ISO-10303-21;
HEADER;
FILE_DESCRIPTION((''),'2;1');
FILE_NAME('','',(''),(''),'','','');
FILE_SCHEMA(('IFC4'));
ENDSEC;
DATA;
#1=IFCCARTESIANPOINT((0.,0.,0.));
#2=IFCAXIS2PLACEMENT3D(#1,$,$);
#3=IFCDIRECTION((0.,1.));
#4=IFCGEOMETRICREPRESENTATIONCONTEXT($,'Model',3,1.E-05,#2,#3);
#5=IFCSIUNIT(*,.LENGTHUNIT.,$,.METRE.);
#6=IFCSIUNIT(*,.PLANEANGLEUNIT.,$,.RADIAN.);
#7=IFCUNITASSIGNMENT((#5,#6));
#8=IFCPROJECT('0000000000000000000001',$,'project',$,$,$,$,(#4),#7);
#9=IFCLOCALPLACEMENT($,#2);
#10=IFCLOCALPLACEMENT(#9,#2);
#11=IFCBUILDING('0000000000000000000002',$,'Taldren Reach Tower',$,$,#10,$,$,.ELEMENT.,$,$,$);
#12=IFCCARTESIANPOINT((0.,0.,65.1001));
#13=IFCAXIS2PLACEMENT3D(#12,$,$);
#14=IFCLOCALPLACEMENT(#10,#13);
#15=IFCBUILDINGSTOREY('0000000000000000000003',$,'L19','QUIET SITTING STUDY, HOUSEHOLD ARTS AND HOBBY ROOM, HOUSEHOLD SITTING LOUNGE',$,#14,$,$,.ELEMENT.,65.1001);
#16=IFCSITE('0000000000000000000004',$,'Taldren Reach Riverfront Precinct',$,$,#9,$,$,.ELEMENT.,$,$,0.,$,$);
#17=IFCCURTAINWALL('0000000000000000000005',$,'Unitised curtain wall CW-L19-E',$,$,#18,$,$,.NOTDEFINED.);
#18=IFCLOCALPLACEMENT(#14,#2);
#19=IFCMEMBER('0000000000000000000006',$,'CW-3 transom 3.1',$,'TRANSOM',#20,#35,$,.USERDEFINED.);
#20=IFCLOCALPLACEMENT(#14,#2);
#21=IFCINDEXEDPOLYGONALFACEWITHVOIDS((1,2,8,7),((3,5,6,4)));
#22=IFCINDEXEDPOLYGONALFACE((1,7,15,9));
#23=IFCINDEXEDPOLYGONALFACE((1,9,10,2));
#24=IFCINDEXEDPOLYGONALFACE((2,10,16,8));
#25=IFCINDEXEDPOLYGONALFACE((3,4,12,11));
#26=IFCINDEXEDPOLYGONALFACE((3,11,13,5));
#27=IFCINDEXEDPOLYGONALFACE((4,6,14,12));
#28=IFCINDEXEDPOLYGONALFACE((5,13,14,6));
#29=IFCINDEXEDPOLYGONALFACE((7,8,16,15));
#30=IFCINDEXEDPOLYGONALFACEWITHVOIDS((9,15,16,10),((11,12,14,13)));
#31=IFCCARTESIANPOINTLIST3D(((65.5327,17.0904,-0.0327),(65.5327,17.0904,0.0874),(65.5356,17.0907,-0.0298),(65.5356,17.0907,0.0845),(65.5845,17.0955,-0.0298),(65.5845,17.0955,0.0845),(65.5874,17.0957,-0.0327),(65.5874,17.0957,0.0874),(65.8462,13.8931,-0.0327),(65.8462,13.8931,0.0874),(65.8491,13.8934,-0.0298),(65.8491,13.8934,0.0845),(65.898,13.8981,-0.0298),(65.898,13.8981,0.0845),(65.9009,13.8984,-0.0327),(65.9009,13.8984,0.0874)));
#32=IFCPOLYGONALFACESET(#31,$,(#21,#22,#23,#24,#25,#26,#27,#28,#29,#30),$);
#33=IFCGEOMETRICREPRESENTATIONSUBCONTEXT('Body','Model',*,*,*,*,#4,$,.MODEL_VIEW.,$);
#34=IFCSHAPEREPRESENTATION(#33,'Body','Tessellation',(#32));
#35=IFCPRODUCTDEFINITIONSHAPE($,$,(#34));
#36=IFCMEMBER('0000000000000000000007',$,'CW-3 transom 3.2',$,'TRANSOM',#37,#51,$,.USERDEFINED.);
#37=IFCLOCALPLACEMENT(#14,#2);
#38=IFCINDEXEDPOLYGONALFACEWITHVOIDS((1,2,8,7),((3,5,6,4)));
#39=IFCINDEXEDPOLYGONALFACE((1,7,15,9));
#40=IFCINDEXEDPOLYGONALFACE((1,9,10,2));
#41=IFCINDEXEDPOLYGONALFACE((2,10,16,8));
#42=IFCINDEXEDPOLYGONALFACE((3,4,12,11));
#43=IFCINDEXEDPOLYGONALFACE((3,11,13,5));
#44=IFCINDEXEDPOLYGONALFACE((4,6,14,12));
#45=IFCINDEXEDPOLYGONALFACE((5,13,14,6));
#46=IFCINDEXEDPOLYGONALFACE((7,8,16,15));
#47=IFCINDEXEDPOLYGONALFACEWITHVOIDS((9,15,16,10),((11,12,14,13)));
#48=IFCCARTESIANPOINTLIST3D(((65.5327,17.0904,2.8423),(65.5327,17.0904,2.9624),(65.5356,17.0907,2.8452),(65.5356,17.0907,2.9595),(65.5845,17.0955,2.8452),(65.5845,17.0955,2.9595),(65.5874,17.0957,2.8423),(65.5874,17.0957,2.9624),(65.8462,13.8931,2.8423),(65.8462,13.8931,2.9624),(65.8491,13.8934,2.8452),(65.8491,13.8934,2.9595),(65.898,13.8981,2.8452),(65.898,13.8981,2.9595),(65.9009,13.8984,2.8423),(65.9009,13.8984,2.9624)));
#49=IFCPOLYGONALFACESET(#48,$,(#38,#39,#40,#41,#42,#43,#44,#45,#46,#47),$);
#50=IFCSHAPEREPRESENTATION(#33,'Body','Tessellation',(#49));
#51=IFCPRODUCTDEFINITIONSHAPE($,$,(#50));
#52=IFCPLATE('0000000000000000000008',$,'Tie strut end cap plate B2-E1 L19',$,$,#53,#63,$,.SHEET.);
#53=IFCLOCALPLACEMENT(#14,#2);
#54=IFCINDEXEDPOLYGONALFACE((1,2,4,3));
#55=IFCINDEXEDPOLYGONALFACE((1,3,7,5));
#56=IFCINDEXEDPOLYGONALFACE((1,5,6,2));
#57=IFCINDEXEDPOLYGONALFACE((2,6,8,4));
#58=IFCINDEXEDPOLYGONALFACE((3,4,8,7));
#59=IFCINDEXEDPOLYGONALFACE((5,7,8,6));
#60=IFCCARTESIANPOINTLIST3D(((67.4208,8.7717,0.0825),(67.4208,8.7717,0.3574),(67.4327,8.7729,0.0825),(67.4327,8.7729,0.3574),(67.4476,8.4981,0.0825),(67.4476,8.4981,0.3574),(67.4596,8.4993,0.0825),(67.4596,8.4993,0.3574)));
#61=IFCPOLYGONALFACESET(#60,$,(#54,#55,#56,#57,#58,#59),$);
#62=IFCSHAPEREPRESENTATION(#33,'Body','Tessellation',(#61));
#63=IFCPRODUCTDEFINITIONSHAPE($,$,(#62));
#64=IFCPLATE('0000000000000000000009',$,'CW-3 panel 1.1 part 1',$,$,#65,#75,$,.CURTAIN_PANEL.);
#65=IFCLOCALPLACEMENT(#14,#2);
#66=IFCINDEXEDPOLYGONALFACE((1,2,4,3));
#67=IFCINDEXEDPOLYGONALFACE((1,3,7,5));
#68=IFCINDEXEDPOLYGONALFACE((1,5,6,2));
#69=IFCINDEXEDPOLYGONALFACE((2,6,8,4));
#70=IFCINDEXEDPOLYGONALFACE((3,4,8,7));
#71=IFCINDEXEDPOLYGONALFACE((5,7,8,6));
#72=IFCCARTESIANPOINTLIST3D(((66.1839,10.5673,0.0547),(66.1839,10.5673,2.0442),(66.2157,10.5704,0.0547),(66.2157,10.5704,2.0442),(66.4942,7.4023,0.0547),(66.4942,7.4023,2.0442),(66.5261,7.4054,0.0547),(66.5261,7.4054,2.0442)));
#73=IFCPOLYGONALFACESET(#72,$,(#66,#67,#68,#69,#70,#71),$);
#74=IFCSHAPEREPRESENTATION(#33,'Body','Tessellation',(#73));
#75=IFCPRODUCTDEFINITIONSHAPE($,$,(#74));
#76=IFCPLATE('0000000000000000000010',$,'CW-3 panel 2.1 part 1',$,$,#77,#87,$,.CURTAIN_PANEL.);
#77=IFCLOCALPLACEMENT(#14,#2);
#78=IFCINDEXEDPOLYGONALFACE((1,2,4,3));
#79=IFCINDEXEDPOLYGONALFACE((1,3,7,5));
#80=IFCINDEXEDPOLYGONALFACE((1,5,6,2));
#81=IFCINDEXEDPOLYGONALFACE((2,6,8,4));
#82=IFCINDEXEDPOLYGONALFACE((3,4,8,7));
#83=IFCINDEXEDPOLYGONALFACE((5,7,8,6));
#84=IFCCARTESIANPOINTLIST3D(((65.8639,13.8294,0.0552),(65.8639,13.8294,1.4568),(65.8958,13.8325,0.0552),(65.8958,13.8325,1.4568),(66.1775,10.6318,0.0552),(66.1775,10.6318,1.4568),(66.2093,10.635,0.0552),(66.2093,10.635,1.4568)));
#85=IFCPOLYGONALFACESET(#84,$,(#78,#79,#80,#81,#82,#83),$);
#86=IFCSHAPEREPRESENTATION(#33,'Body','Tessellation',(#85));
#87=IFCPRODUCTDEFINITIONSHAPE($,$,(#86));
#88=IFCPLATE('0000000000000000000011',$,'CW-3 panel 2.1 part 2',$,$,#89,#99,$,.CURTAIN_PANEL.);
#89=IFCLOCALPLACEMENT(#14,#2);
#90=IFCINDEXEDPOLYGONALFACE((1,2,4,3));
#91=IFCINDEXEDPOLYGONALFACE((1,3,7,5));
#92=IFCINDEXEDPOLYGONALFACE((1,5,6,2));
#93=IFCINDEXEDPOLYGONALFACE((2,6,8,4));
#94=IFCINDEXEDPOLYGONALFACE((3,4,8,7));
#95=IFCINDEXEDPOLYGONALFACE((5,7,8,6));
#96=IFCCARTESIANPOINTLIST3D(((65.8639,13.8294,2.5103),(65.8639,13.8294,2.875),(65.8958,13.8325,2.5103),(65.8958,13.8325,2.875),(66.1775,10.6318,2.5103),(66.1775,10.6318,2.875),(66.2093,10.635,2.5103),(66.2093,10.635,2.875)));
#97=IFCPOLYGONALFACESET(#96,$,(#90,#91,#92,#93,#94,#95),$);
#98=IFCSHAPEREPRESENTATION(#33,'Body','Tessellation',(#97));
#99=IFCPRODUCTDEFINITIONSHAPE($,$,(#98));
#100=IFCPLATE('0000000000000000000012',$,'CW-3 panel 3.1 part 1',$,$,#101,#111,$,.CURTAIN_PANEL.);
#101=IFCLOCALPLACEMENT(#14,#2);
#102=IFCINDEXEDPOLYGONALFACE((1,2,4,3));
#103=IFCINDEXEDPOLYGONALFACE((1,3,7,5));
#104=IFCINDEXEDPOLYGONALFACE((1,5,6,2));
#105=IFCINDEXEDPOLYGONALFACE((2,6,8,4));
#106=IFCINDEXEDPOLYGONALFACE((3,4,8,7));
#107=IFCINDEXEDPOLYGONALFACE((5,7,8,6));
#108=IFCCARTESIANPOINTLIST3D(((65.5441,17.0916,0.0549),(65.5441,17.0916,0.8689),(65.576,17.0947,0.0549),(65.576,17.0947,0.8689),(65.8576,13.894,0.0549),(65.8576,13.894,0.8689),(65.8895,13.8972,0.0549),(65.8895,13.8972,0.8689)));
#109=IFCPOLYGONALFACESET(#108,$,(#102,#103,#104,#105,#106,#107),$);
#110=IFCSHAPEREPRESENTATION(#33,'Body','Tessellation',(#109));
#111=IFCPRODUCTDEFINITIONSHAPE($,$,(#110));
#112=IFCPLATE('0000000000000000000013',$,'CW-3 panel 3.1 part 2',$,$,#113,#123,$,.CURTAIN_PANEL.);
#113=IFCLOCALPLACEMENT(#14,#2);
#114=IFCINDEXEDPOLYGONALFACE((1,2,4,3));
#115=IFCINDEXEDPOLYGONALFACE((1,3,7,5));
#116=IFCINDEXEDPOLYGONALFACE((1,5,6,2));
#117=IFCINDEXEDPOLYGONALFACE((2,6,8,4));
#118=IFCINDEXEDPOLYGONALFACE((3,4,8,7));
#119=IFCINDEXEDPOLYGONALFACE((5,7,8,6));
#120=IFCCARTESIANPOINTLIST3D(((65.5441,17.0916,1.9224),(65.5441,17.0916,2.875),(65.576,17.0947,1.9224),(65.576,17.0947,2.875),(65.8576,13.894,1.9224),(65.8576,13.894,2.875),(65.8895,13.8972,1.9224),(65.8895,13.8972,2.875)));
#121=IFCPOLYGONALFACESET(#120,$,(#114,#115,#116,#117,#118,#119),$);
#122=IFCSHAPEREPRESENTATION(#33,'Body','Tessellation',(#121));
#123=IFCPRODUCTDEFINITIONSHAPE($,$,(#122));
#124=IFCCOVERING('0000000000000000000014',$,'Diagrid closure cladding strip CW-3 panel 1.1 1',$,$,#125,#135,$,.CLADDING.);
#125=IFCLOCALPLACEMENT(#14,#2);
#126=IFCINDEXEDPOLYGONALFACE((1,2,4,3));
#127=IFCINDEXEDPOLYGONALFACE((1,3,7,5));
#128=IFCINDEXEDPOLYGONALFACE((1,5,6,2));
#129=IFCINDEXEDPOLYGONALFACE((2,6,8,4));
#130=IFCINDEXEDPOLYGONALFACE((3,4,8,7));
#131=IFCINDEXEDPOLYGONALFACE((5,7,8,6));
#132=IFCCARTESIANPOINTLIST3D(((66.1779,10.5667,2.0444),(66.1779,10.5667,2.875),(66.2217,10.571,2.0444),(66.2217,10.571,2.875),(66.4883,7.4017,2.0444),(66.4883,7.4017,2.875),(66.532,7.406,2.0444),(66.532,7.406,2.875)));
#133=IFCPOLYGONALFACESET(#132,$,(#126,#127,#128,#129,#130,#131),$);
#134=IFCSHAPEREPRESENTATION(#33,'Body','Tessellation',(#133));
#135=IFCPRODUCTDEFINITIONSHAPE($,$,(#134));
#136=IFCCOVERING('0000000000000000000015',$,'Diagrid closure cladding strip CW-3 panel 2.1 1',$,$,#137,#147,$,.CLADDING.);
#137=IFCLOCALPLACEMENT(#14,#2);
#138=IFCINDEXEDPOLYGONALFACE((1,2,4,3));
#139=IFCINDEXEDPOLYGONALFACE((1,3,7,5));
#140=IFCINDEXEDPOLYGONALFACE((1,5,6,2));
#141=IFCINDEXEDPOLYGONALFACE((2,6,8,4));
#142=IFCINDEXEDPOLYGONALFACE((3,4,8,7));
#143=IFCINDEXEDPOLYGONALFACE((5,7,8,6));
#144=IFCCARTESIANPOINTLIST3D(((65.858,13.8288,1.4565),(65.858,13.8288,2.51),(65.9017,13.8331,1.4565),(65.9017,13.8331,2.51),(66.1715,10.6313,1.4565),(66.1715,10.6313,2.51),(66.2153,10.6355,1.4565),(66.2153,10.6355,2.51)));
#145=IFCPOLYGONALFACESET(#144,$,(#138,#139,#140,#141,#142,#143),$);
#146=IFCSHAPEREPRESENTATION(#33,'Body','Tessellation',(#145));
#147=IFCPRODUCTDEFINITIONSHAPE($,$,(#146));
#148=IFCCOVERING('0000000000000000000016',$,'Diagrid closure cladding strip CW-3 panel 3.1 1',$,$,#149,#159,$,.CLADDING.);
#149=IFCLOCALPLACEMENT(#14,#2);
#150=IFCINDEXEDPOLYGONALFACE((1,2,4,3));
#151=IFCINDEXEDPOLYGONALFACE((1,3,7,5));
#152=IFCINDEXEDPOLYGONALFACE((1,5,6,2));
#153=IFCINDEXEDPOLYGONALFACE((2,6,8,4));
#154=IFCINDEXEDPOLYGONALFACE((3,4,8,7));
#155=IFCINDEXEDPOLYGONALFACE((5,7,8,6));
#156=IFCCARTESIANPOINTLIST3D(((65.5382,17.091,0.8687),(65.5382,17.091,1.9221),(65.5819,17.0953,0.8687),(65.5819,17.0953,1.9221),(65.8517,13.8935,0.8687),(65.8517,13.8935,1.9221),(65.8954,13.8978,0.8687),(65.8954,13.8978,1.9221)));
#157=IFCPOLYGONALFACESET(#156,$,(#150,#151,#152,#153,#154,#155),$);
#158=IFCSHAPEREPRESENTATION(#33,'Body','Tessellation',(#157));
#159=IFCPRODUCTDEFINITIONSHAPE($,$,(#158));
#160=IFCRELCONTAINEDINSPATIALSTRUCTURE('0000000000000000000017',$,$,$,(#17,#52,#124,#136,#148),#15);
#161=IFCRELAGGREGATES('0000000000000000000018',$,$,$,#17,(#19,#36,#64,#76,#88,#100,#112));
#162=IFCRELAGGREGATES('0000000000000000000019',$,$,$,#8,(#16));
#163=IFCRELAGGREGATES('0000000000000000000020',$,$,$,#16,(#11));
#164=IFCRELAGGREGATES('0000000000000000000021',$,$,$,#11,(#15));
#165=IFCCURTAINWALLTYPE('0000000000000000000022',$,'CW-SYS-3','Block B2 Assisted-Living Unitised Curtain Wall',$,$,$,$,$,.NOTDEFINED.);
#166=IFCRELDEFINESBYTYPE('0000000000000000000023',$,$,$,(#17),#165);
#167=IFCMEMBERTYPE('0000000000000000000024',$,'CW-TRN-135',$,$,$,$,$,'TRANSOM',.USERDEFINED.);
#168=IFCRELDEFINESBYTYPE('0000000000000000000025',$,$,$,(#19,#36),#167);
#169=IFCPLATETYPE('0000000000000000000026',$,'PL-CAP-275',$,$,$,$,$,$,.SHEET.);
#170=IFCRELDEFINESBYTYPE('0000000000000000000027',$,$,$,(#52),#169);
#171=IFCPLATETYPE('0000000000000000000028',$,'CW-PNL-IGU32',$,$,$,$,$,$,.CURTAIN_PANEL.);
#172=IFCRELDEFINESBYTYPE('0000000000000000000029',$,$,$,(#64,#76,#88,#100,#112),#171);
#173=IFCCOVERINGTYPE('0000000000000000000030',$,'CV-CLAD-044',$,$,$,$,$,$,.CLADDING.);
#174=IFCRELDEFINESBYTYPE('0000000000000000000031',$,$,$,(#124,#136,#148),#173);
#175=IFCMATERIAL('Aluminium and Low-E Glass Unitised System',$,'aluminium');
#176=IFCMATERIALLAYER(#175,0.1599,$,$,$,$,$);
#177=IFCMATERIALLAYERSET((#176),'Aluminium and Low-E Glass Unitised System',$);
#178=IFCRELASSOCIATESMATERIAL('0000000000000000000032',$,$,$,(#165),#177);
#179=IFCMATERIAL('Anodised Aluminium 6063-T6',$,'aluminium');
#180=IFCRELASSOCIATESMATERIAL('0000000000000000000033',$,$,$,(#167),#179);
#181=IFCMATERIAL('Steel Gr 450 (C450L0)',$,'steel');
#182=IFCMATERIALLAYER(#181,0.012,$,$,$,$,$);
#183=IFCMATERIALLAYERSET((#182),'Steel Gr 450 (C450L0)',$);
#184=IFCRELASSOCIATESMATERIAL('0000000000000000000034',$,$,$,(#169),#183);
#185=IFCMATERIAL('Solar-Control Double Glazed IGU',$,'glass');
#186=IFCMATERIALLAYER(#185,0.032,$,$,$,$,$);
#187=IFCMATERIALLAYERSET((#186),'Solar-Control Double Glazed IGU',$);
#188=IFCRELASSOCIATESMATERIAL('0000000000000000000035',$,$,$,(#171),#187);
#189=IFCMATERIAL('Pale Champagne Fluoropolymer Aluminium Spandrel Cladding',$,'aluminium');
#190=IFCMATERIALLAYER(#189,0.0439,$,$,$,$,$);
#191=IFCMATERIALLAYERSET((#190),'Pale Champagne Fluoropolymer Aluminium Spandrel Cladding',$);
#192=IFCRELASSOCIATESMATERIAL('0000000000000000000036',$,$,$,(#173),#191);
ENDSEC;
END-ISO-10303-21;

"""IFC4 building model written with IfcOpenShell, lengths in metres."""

from ifc_helpers import new_model, si_unit, direction, frame, origin, origin_2d, place, context, subcontext, project, spatial, rectangle, hollow_rectangle, extrude, source, transform, mapped, material, layer, layer_set, material_profile, profile_set, type_object, element, aggregate, save


model = new_model("IFC4")

# Units and contexts
model_context = context("Model", 3, precision=1e-05, world=origin(), true_north=direction((0.0, 1.0)))
body_context = subcontext(model_context, "Body", "Model", "MODEL_VIEW")
ifc_project = project(units=[si_unit("LENGTHUNIT", "METRE"), si_unit("PLANEANGLEUNIT", "RADIAN")], contexts=[model_context])

# Site, building, storey
site_placement = place(None, origin())
site = spatial("IfcSite", under=ifc_project, at=site_placement, Name="Taldren Reach Riverfront Precinct", CompositionType="ELEMENT", RefElevation=0.0)
building_placement = place(site_placement, origin())
building = spatial("IfcBuilding", under=site, at=building_placement, Name="Taldren Reach Tower", CompositionType="ELEMENT")
storey_placement = place(building_placement, frame((0.0, 0.0, 65.1001)))
storey = spatial("IfcBuildingStorey", under=building, at=storey_placement, Name="L19", Description="QUIET SITTING STUDY, HOUSEHOLD ARTS AND HOBBY ROOM, HOUSEHOLD SITTING LOUNGE", CompositionType="ELEMENT", Elevation=65.1001)

# Shared definitions
ifc_material_1 = material(Name="Steel Gr 450 (C450L0)", Category="steel")

# Curtain wall, members
ifc_material_2 = material(Name="Aluminium and Low-E Glass Unitised System", Category="aluminium")
ifc_layer_1 = layer(ifc_material_2, 0.1599)
ifc_layer_set_1 = layer_set([ifc_layer_1], Name="Aluminium and Low-E Glass Unitised System")
curtain_wall_type = type_object("IfcCurtainWallType", Name="CW-SYS-3", Description="Block B2 Assisted-Living Unitised Curtain Wall", PredefinedType="NOTDEFINED", material=ifc_layer_set_1)
curtain_wall_placement = place(storey_placement, origin())
curtain_wall = element("IfcCurtainWall", 1, at=curtain_wall_placement, inside=storey, type_object=curtain_wall_type, Name="Unitised curtain wall CW-L19-E", PredefinedType="NOTDEFINED")
ifc_material_3 = material(Name="Anodised Aluminium 6063-T6", Category="aluminium")
ifc_material_profile_1 = material_profile(ifc_material_3, hollow_rectangle(XDim=0.0549, YDim=0.1201, WallThickness=0.0029, at=origin_2d()), Name="ALU-120x55x3RHS")
ifc_profile_set_1 = profile_set([ifc_material_profile_1], Name="Anodised Aluminium 6063-T6")
member_type_1 = type_object("IfcMemberType", Name="CW-TRN-135", ElementType="TRANSOM", PredefinedType="USERDEFINED", material=ifc_profile_set_1)
shared_shape_1 = source(origin(), body_context, "Body", "SweptSolid", [
    extrude(hollow_rectangle(XDim=0.0549, YDim=0.1201, WallThickness=0.0029, at=origin_2d()), origin(), (0.0, 0.0, 1.0), 3.2126),
])
member_1_placement = place(storey_placement, frame((65.8735, 13.8958, 0.0273), z_axis=(-0.097577, 0.995228, 0.0), x_axis=(-0.995228, -0.097577, 0.0)))
member_1 = element("IfcMember", 2, at=member_1_placement, type_object=member_type_1, Name="CW-3 transom 3.1", ObjectType="TRANSOM", PredefinedType="USERDEFINED", context=body_context, shape_type="MappedRepresentation", body=[
    mapped(shared_shape_1, transform((0.0, 0.0, 0.0), scale=1.0)),
])
member_2_placement = place(storey_placement, frame((65.8735, 13.8958, 2.9023), z_axis=(-0.097577, 0.995228, 0.0), x_axis=(-0.995228, -0.097577, 0.0)))
member_2 = element("IfcMember", 3, at=member_2_placement, type_object=member_type_1, Name="CW-3 transom 3.2", ObjectType="TRANSOM", PredefinedType="USERDEFINED", context=body_context, shape_type="MappedRepresentation", body=[
    mapped(shared_shape_1, transform((0.0, 0.0, 0.0), scale=1.0)),
])

# Plates
ifc_layer_2 = layer(ifc_material_1, 0.012)
ifc_layer_set_2 = layer_set([ifc_layer_2], Name="Steel Gr 450 (C450L0)")
plate_type_1 = type_object("IfcPlateType", Name="PL-CAP-275", PredefinedType="SHEET", material=ifc_layer_set_2)
shared_shape_2 = source(origin(), body_context, "Body", "SweptSolid", [
    extrude(rectangle(XDim=0.012, YDim=0.2749, at=origin_2d()), origin(), (0.0, 0.0, 1.0), 0.2749),
])
plate_1_placement = place(storey_placement, frame((67.4402, 8.6355, 0.0825), z_axis=(0.0, 0.0, 1.0), x_axis=(0.995227, 0.097583, 0.0)))
element("IfcPlate", 4, at=plate_1_placement, inside=storey, type_object=plate_type_1, Name="Tie strut end cap plate B2-E1 L19", PredefinedType="SHEET", context=body_context, shape_type="MappedRepresentation", body=[
    mapped(shared_shape_2, transform((0.0, 0.0, 0.0), scale=1.0)),
])
ifc_material_4 = material(Name="Solar-Control Double Glazed IGU", Category="glass")
ifc_layer_3 = layer(ifc_material_4, 0.032)
ifc_layer_set_3 = layer_set([ifc_layer_3], Name="Solar-Control Double Glazed IGU")
plate_type_2 = type_object("IfcPlateType", Name="CW-PNL-IGU32", PredefinedType="CURTAIN_PANEL", material=ifc_layer_set_3)
shared_shape_3 = source(origin(), body_context, "Body", "SweptSolid", [
    extrude(rectangle(XDim=3.1802, YDim=0.032, at=origin_2d()), origin(), (0.0, 0.0, 1.0), 1.9895),
])
plate_2_placement = place(storey_placement, frame((66.355, 8.9863, 0.0547), z_axis=(0.0, 0.0, 1.0), x_axis=(-0.097583, 0.995227, 0.0)))
plate_2 = element("IfcPlate", 5, at=plate_2_placement, type_object=plate_type_2, Name="CW-3 panel 1.1 part 1", PredefinedType="CURTAIN_PANEL", context=body_context, shape_type="MappedRepresentation", body=[
    mapped(shared_shape_3, transform((0.0, 0.0, 0.0), scale=1.0)),
])
shared_shape_4 = source(origin(), body_context, "Body", "SweptSolid", [
    extrude(rectangle(XDim=3.2129, YDim=0.032, at=origin_2d()), origin(), (0.0, 0.0, 1.0), 1.4016),
])
plate_3_placement = place(storey_placement, frame((66.0366, 12.2322, 0.0552), z_axis=(0.0, 0.0, 1.0), x_axis=(-0.097583, 0.995227, 0.0)))
plate_3 = element("IfcPlate", 6, at=plate_3_placement, type_object=plate_type_2, Name="CW-3 panel 2.1 part 1", PredefinedType="CURTAIN_PANEL", context=body_context, shape_type="MappedRepresentation", body=[
    mapped(shared_shape_4, transform((0.0, 0.0, 0.0), scale=1.0)),
])
shared_shape_5 = source(origin(), body_context, "Body", "SweptSolid", [
    extrude(rectangle(XDim=3.2129, YDim=0.032, at=origin_2d()), origin(), (0.0, 0.0, 1.0), 0.3647),
])
plate_4_placement = place(storey_placement, frame((66.0366, 12.2322, 2.5103), z_axis=(0.0, 0.0, 1.0), x_axis=(-0.097583, 0.995227, 0.0)))
plate_4 = element("IfcPlate", 7, at=plate_4_placement, type_object=plate_type_2, Name="CW-3 panel 2.1 part 2", PredefinedType="CURTAIN_PANEL", context=body_context, shape_type="MappedRepresentation", body=[
    mapped(shared_shape_5, transform((0.0, 0.0, 0.0), scale=1.0)),
])
shared_shape_6 = source(origin(), body_context, "Body", "SweptSolid", [
    extrude(rectangle(XDim=3.2129, YDim=0.032, at=origin_2d()), origin(), (0.0, 0.0, 1.0), 0.814),
])
plate_5_placement = place(storey_placement, frame((65.7168, 15.4944, 0.0549), z_axis=(0.0, 0.0, 1.0), x_axis=(-0.097583, 0.995227, 0.0)))
plate_5 = element("IfcPlate", 8, at=plate_5_placement, type_object=plate_type_2, Name="CW-3 panel 3.1 part 1", PredefinedType="CURTAIN_PANEL", context=body_context, shape_type="MappedRepresentation", body=[
    mapped(shared_shape_6, transform((0.0, 0.0, 0.0), scale=1.0)),
])
shared_shape_7 = source(origin(), body_context, "Body", "SweptSolid", [
    extrude(rectangle(XDim=3.2129, YDim=0.032, at=origin_2d()), origin(), (0.0, 0.0, 1.0), 0.9526),
])
plate_6_placement = place(storey_placement, frame((65.7168, 15.4944, 1.9224), z_axis=(0.0, 0.0, 1.0), x_axis=(-0.097583, 0.995227, 0.0)))
plate_6 = element("IfcPlate", 9, at=plate_6_placement, type_object=plate_type_2, Name="CW-3 panel 3.1 part 2", PredefinedType="CURTAIN_PANEL", context=body_context, shape_type="MappedRepresentation", body=[
    mapped(shared_shape_7, transform((0.0, 0.0, 0.0), scale=1.0)),
])
aggregate(curtain_wall, [member_1, member_2, plate_2, plate_3, plate_4, plate_5, plate_6])

# Coverings
ifc_material_5 = material(Name="Pale Champagne Fluoropolymer Aluminium Spandrel Cladding", Category="aluminium")
ifc_layer_4 = layer(ifc_material_5, 0.0439)
ifc_layer_set_4 = layer_set([ifc_layer_4], Name="Pale Champagne Fluoropolymer Aluminium Spandrel Cladding")
covering_type = type_object("IfcCoveringType", Name="CV-CLAD-044", PredefinedType="CLADDING", material=ifc_layer_set_4)
shared_shape_8 = source(origin(), body_context, "Body", "SweptSolid", [
    extrude(rectangle(XDim=3.1802, YDim=0.0439, at=origin_2d()), origin(), (0.0, 0.0, 1.0), 0.8306),
])
covering_placement = place(storey_placement, frame((66.355, 8.9863, 2.0444), z_axis=(0.0, 0.0, 1.0), x_axis=(-0.097583, 0.995227, 0.0)))
element("IfcCovering", 10, at=covering_placement, inside=storey, type_object=covering_type, Name="Diagrid closure cladding strip CW-3 panel 1.1 1", PredefinedType="CLADDING", context=body_context, shape_type="MappedRepresentation", body=[
    mapped(shared_shape_8, transform((0.0, 0.0, 0.0), scale=1.0)),
])
shared_shape_9 = source(origin(), body_context, "Body", "SweptSolid", [
    extrude(rectangle(XDim=3.2129, YDim=0.0439, at=origin_2d()), origin(), (0.0, 0.0, 1.0), 1.0535),
])
for number, where, z_axis, x_axis, name in (
    (11, (66.0366, 12.2322, 1.4565), (0.0, 0.0, 1.0), (-0.097583, 0.995227, 0.0), "Diagrid closure cladding strip CW-3 panel 2.1 1"),
    (12, (65.7168, 15.4944, 0.8687), (0.0, 0.0, 1.0), (-0.097583, 0.995227, 0.0), "Diagrid closure cladding strip CW-3 panel 3.1 1"),
):
    element("IfcCovering", number, at=place(storey_placement, frame(where, z_axis=z_axis, x_axis=x_axis)), inside=storey, type_object=covering_type, Name=name, PredefinedType="CLADDING", context=body_context, shape_type="MappedRepresentation", body=[
        mapped(shared_shape_9, transform((0.0, 0.0, 0.0), scale=1.0)),
    ])

save(model, "model.ifc")
